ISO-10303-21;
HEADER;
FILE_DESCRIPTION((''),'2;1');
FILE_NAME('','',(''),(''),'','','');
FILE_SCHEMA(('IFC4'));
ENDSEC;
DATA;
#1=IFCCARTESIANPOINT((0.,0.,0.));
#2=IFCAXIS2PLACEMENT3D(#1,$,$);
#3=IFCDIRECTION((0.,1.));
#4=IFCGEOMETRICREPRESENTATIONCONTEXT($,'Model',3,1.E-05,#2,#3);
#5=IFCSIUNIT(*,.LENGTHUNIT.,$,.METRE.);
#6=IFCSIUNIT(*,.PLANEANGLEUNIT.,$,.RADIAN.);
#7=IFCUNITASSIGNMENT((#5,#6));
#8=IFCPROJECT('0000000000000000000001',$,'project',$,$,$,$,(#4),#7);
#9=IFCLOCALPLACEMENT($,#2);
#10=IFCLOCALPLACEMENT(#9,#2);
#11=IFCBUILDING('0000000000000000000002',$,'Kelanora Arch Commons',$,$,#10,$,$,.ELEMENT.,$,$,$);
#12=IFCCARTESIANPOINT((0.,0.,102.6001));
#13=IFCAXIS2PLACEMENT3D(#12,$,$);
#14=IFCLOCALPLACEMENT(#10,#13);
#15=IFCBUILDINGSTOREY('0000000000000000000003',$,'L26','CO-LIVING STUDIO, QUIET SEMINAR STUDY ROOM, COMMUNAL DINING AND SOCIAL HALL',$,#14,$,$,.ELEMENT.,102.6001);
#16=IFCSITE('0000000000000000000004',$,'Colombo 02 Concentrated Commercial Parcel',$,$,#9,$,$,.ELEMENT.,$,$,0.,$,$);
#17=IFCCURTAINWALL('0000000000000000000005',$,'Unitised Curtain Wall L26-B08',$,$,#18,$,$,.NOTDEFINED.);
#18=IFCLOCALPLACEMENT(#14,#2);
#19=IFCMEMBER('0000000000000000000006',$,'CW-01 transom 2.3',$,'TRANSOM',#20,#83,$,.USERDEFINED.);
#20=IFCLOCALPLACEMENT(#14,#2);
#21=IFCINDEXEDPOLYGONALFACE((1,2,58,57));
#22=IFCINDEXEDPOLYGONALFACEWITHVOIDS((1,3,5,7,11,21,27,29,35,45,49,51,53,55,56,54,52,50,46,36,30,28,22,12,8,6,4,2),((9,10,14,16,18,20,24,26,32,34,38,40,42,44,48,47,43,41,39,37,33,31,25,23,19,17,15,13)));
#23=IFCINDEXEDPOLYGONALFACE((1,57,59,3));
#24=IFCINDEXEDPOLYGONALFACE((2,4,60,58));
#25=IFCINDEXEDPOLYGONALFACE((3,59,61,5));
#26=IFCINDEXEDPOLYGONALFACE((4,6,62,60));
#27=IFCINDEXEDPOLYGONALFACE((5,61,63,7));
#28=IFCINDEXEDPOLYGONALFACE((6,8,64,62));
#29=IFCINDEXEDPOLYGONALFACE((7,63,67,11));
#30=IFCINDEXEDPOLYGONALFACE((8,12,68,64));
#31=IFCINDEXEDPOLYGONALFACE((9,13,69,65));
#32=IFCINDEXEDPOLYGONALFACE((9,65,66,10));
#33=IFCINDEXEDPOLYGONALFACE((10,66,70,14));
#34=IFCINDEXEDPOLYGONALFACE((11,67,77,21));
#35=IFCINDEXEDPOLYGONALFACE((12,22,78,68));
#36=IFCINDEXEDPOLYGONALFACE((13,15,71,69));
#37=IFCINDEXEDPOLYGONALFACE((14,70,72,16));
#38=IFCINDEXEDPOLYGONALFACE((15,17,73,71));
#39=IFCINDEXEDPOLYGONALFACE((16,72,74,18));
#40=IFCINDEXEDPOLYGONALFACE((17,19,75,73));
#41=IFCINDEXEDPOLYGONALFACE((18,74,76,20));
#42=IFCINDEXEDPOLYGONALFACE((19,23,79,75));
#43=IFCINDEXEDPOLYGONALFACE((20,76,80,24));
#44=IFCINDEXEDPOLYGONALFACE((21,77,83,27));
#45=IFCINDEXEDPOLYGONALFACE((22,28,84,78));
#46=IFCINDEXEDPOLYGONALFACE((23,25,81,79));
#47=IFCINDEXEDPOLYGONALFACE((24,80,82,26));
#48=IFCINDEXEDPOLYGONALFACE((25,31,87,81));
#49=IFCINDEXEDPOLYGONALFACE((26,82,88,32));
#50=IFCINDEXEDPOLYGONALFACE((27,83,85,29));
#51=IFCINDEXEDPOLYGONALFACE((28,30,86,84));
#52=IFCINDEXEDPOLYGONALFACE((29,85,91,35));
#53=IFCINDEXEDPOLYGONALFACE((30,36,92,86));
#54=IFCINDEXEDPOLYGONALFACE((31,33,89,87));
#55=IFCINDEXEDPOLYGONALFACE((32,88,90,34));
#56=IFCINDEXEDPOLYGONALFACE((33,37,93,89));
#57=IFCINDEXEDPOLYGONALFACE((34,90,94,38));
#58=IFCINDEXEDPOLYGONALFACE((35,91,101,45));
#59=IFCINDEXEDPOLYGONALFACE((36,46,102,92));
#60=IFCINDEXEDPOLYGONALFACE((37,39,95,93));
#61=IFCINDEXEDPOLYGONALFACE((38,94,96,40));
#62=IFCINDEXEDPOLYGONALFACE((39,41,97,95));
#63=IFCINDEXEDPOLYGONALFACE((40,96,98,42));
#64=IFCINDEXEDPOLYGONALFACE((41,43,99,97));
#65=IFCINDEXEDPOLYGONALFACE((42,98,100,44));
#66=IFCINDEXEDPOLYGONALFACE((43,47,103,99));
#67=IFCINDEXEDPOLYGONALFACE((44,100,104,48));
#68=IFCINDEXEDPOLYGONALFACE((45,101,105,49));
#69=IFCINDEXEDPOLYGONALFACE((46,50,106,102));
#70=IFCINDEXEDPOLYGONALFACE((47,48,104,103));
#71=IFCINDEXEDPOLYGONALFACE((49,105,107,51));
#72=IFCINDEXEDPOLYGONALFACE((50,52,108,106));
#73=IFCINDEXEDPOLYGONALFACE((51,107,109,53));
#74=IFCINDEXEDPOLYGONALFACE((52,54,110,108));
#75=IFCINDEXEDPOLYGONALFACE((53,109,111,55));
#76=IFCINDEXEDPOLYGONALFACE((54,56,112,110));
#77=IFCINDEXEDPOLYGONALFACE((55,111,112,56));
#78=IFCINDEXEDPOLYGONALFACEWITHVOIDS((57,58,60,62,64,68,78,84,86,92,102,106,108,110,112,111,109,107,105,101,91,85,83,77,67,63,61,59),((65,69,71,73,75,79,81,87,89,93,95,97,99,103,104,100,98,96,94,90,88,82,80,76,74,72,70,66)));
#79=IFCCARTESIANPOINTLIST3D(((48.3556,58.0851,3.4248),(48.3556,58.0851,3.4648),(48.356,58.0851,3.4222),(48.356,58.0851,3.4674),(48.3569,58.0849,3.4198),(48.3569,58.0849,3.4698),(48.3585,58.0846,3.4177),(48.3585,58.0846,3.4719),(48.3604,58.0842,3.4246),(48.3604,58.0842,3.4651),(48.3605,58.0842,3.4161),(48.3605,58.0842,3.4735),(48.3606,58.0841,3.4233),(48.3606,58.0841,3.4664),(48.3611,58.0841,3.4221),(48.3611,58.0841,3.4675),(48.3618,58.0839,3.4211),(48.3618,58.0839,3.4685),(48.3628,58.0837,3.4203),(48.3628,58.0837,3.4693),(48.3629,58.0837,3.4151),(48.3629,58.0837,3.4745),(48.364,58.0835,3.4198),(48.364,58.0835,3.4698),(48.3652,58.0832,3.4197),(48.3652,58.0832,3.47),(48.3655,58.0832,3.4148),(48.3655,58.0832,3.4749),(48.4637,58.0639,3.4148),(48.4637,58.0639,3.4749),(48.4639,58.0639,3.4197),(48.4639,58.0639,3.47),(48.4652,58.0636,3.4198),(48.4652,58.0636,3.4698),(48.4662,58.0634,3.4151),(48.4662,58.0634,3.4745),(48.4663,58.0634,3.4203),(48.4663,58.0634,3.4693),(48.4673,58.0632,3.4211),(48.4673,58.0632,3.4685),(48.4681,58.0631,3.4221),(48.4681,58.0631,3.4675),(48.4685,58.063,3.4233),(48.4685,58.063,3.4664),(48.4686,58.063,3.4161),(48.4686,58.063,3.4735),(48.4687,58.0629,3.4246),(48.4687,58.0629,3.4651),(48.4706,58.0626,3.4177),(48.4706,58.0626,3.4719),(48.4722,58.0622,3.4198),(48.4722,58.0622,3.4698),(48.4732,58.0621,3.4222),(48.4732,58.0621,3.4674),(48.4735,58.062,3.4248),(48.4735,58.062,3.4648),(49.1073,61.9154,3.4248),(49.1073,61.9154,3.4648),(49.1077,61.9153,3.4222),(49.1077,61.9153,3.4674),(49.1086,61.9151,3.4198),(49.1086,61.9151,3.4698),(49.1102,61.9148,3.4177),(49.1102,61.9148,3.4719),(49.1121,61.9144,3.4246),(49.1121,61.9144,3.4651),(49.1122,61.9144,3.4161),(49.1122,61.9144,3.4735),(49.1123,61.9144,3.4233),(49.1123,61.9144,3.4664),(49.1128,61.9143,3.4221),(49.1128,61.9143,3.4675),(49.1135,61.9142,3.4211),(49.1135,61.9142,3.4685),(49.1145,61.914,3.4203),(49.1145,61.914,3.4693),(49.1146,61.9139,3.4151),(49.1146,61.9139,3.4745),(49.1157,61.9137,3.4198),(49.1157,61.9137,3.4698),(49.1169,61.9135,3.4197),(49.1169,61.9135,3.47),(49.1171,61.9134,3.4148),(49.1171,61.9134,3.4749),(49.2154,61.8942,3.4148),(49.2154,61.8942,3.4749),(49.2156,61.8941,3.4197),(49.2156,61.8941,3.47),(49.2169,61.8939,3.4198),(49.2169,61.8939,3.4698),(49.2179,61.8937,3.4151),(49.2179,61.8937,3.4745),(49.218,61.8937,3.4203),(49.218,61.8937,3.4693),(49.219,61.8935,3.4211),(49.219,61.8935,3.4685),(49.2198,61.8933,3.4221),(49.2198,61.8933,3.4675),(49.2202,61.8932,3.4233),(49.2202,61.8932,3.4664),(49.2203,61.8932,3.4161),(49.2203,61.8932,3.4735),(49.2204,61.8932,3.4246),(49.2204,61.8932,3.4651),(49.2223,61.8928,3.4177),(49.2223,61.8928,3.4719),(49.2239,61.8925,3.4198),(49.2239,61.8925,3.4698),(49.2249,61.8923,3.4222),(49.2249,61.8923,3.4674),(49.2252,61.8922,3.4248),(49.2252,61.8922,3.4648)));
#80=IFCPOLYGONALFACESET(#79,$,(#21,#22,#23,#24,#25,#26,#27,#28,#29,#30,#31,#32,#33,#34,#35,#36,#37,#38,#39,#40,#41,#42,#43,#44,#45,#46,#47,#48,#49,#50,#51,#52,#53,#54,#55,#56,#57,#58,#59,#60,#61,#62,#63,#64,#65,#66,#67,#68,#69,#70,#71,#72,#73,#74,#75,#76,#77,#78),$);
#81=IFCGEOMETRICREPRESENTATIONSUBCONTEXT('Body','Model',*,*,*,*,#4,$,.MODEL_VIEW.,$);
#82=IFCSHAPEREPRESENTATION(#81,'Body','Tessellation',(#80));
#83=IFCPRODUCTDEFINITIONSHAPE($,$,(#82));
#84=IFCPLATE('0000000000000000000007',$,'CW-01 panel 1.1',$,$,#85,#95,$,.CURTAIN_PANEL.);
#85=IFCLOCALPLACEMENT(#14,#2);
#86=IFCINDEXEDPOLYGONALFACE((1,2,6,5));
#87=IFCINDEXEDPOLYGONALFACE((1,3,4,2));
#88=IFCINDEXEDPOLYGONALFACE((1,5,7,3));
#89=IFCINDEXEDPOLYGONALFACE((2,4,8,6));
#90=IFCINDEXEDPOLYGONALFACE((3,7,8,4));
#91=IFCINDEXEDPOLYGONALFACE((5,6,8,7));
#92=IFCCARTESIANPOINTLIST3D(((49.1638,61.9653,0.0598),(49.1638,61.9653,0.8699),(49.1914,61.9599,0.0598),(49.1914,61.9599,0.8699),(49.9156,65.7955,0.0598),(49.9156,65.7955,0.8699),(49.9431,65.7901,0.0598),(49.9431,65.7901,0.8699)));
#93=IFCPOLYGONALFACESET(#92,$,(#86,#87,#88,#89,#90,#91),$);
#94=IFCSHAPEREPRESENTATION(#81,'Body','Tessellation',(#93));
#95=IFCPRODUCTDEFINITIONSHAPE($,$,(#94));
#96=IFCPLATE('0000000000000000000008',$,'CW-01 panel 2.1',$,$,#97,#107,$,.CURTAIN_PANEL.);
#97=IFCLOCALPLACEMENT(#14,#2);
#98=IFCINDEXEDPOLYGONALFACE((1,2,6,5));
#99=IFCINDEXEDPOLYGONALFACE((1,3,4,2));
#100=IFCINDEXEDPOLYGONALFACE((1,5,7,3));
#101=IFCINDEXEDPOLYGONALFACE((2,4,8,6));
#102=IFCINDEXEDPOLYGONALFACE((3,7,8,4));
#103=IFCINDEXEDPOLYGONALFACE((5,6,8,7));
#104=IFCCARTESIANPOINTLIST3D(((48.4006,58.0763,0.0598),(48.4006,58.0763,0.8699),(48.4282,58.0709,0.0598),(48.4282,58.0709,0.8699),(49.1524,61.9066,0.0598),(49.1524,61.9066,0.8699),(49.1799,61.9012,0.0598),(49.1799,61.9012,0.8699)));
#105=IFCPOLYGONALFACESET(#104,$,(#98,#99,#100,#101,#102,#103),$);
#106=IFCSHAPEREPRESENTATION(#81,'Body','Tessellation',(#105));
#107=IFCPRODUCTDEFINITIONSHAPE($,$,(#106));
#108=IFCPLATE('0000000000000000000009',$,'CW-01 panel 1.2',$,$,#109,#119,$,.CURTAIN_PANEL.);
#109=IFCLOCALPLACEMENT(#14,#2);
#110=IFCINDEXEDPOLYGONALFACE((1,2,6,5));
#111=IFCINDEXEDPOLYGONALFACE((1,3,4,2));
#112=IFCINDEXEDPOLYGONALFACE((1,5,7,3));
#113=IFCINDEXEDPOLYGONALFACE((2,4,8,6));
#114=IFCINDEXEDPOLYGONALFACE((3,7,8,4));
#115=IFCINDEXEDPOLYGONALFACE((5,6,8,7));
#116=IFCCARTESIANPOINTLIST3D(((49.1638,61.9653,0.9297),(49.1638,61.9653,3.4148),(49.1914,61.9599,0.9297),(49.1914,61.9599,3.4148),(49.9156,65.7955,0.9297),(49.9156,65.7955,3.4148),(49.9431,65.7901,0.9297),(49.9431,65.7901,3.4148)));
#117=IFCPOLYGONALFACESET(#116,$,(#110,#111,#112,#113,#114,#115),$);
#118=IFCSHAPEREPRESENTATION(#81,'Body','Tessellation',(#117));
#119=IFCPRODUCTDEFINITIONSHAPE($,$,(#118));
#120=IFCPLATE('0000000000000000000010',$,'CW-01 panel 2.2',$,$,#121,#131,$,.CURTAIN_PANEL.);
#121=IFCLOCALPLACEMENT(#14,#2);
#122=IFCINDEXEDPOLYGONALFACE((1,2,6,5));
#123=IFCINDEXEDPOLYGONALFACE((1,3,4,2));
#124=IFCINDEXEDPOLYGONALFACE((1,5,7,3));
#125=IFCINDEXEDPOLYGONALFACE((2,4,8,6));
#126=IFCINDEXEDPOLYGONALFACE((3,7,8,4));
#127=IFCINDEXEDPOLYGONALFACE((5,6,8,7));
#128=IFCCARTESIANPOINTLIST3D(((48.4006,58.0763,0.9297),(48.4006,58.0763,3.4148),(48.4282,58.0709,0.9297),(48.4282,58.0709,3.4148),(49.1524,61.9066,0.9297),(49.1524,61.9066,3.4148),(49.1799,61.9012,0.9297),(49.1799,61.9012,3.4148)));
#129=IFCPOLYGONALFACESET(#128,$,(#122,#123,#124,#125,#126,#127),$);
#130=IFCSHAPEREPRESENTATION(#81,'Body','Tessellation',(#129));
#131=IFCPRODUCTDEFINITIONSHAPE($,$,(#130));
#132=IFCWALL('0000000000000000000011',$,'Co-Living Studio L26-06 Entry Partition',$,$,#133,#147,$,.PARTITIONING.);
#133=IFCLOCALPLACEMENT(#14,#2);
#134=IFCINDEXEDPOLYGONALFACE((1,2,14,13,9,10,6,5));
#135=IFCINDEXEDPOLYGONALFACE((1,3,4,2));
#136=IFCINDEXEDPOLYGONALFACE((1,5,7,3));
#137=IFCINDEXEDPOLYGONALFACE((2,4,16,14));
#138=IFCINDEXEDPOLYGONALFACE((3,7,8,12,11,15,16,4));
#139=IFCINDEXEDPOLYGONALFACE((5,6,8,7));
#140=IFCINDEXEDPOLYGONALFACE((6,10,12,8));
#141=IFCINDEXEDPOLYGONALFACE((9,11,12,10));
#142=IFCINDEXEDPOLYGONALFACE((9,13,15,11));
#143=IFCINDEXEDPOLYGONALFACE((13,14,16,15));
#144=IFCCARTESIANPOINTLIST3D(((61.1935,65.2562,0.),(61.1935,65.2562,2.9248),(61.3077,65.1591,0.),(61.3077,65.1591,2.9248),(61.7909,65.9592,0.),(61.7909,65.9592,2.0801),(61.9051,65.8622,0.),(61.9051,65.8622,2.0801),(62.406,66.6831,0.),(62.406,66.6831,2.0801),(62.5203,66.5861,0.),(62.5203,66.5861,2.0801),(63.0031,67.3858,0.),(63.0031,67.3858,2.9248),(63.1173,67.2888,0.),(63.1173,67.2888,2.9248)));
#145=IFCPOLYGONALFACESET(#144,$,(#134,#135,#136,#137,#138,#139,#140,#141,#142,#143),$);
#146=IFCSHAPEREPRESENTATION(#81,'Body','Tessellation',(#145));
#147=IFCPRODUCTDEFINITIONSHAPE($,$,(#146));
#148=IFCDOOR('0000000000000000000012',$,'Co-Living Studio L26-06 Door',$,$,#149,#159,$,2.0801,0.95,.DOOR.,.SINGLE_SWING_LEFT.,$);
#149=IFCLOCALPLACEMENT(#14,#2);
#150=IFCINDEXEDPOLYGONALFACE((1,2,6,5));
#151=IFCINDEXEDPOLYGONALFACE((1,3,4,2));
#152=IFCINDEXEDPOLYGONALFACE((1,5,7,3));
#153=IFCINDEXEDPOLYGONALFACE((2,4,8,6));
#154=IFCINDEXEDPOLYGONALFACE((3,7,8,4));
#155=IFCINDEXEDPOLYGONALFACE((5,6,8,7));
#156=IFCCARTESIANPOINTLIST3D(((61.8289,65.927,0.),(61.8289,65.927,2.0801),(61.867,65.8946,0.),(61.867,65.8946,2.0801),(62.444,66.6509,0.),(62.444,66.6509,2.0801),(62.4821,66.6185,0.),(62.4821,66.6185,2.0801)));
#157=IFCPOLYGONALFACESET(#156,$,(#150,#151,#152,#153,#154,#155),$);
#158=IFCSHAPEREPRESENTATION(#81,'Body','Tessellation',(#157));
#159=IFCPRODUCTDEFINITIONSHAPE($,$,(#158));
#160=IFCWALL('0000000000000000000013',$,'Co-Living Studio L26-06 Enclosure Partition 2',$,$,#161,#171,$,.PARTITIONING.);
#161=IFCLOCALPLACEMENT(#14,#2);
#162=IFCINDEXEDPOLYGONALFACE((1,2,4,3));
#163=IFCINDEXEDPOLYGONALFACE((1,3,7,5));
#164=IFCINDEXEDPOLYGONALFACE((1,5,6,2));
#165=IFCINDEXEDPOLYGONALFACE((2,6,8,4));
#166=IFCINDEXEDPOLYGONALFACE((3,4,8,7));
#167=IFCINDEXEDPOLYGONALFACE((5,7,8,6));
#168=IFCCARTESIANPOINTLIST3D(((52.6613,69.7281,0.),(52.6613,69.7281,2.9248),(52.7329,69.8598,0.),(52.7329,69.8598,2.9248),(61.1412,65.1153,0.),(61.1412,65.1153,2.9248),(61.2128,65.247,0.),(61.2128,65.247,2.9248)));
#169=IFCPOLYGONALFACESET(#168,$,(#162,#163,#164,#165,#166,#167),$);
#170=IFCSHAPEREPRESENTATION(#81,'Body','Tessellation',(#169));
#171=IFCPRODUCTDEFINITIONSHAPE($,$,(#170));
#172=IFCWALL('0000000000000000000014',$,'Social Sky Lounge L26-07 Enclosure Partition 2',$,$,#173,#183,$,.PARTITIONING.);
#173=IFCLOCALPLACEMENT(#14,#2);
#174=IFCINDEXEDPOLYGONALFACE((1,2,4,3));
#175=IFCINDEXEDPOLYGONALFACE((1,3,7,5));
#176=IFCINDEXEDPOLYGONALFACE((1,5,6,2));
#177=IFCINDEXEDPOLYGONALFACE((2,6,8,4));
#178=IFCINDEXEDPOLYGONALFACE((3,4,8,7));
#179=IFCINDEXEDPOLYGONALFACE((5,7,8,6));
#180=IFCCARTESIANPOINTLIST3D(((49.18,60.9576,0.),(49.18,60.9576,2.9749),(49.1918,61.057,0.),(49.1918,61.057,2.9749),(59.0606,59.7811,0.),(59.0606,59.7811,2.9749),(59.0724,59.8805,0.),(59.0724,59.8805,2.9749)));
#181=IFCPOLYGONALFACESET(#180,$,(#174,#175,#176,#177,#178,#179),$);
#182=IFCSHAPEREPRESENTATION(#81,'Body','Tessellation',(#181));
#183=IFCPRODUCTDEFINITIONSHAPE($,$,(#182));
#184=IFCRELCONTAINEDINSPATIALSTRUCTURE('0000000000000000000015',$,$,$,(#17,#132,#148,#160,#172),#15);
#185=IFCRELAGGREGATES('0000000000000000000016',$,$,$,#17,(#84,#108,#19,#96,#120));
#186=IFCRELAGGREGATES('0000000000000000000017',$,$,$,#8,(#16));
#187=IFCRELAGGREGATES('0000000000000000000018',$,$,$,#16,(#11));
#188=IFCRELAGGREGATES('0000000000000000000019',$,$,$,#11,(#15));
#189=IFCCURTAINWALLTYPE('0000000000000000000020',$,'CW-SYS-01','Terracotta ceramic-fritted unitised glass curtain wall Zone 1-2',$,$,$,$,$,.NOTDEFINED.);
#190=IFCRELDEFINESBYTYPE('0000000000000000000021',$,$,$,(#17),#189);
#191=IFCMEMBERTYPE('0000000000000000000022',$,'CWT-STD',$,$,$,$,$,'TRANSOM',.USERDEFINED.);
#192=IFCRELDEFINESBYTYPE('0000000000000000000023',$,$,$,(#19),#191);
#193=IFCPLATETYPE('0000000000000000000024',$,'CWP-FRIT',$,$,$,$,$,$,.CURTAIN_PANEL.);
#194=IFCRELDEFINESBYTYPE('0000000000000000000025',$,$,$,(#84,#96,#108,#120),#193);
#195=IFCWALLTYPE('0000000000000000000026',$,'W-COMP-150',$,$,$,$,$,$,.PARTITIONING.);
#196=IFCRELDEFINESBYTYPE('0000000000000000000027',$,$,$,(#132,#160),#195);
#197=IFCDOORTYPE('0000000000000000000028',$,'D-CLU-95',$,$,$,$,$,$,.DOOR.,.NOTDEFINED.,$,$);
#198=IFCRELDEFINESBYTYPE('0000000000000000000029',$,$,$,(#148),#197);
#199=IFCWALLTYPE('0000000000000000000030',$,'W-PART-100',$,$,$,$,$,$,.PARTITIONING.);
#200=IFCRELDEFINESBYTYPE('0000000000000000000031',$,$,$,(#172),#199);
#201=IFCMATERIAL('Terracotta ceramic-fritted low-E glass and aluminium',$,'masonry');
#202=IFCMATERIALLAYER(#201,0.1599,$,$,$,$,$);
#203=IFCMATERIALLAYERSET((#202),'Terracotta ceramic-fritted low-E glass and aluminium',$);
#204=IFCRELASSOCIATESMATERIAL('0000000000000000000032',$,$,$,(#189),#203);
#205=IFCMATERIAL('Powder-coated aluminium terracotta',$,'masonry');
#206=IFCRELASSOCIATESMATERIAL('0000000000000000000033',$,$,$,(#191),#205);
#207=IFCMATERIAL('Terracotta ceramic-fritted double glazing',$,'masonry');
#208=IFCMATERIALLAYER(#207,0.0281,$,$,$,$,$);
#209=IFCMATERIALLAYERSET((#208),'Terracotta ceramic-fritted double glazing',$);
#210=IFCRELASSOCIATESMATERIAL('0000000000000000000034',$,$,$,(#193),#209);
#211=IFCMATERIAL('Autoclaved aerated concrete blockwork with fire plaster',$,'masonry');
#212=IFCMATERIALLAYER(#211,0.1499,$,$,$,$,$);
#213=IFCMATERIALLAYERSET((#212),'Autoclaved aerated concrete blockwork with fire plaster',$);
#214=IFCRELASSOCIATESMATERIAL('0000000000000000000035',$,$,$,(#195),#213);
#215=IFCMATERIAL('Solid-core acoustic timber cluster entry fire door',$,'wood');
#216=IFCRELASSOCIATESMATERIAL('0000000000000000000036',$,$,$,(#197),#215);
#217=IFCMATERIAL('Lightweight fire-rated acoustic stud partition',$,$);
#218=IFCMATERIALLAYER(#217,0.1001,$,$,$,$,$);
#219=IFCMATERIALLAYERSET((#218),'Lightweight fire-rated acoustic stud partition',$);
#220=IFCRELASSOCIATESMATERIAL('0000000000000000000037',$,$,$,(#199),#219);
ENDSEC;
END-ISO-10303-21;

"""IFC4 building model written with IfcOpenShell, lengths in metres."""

from ifc_helpers import new_model, si_unit, direction, frame, frame_2d, origin, origin_2d, place, context, subcontext, project, spatial, rectangle, hollow_rectangle, extrude, source, transform, mapped, material, layer, layer_set, material_profile, profile_set, type_object, element, fill, aggregate, save


model = new_model("IFC4")

# Units and contexts
model_context = context("Model", 3, precision=1e-05, world=origin(), true_north=direction((0.0, 1.0)))
body_context = subcontext(model_context, "Body", "Model", "MODEL_VIEW")
ifc_project = project(units=[si_unit("LENGTHUNIT", "METRE"), si_unit("PLANEANGLEUNIT", "RADIAN")], contexts=[model_context])

# Site, building, storey
site_placement = place(None, origin())
site = spatial("IfcSite", under=ifc_project, at=site_placement, Name="Colombo 02 Concentrated Commercial Parcel", CompositionType="ELEMENT", RefElevation=0.0)
building_placement = place(site_placement, origin())
building = spatial("IfcBuilding", under=site, at=building_placement, Name="Kelanora Arch Commons", CompositionType="ELEMENT")
storey_placement = place(building_placement, frame((0.0, 0.0, 102.6001)))
storey = spatial("IfcBuildingStorey", under=building, at=storey_placement, Name="L26", Description="CO-LIVING STUDIO, QUIET SEMINAR STUDY ROOM, COMMUNAL DINING AND SOCIAL HALL", CompositionType="ELEMENT", Elevation=102.6001)

# Curtain wall, member, plates
ifc_material_1 = material(Name="Terracotta ceramic-fritted low-E glass and aluminium", Category="masonry")
ifc_layer_1 = layer(ifc_material_1, 0.1599)
ifc_layer_set_1 = layer_set([ifc_layer_1], Name="Terracotta ceramic-fritted low-E glass and aluminium")
curtain_wall_type = type_object("IfcCurtainWallType", Name="CW-SYS-01", Description="Terracotta ceramic-fritted unitised glass curtain wall Zone 1-2", PredefinedType="NOTDEFINED", material=ifc_layer_set_1)
curtain_wall_placement = place(storey_placement, origin())
curtain_wall = element("IfcCurtainWall", 1, at=curtain_wall_placement, inside=storey, type_object=curtain_wall_type, Name="Unitised Curtain Wall L26-B08", PredefinedType="NOTDEFINED")
ifc_material_2 = material(Name="Powder-coated aluminium terracotta", Category="masonry")
ifc_material_profile_1 = material_profile(ifc_material_2, hollow_rectangle(XDim=0.1201, YDim=0.0601, WallThickness=0.0049, InnerFilletRadius=0.0049, OuterFilletRadius=0.01, at=origin_2d()), Name="CWT120x60")
ifc_profile_set_1 = profile_set([ifc_material_profile_1], Name="Powder-coated aluminium terracotta")
member_type_1 = type_object("IfcMemberType", Name="CWT-STD", ElementType="TRANSOM", PredefinedType="USERDEFINED", material=ifc_profile_set_1)
member_1_placement = place(storey_placement, frame((49.1663, 61.9038, 3.4448), z_axis=(-0.192579, -0.981282, 0.0), x_axis=(0.981282, -0.192579, 0.0)))
member_1 = element("IfcMember", 2, at=member_1_placement, type_object=member_type_1, Name="CW-01 transom 2.3", ObjectType="TRANSOM", PredefinedType="USERDEFINED", context=body_context, shape_type="SweptSolid", body=[
    extrude(hollow_rectangle(XDim=0.1201, YDim=0.0601, WallThickness=0.0049, InnerFilletRadius=0.0049, OuterFilletRadius=0.01, at=origin_2d()), origin(), (0.0, 0.0, 1.0), 3.9033),
])
ifc_material_3 = material(Name="Terracotta ceramic-fritted double glazing", Category="masonry")
ifc_layer_2 = layer(ifc_material_3, 0.0281)
ifc_layer_set_2 = layer_set([ifc_layer_2], Name="Terracotta ceramic-fritted double glazing")
plate_type = type_object("IfcPlateType", Name="CWP-FRIT", PredefinedType="CURTAIN_PANEL", material=ifc_layer_set_2)
shared_shape_1 = source(origin(), body_context, "Body", "SweptSolid", [
    extrude(rectangle(XDim=3.9033, YDim=0.0281, at=origin_2d()), origin(), (0.0, 0.0, 1.0), 0.8101),
])
plate_1_placement = place(storey_placement, frame((49.5535, 63.8777, 0.0598), z_axis=(0.0, 0.0, 1.0), x_axis=(-0.192585, -0.98128, 0.0)))
plate_1 = element("IfcPlate", 3, at=plate_1_placement, type_object=plate_type, Name="CW-01 panel 1.1", PredefinedType="CURTAIN_PANEL", context=body_context, shape_type="MappedRepresentation", body=[
    mapped(shared_shape_1, transform((0.0, 0.0, 0.0), scale=1.0)),
])
plate_2_placement = place(storey_placement, frame((48.7903, 59.9888, 0.0598), z_axis=(0.0, 0.0, 1.0), x_axis=(-0.192585, -0.98128, 0.0)))
plate_2 = element("IfcPlate", 4, at=plate_2_placement, type_object=plate_type, Name="CW-01 panel 2.1", PredefinedType="CURTAIN_PANEL", context=body_context, shape_type="MappedRepresentation", body=[
    mapped(shared_shape_1, transform((0.0, 0.0, 0.0), scale=1.0)),
])
shared_shape_2 = source(origin(), body_context, "Body", "SweptSolid", [
    extrude(rectangle(XDim=3.9033, YDim=0.0281, at=origin_2d()), origin(), (0.0, 0.0, 1.0), 2.4851),
])
plate_3_placement = place(storey_placement, frame((49.5535, 63.8777, 0.9297), z_axis=(0.0, 0.0, 1.0), x_axis=(-0.192585, -0.98128, 0.0)))
plate_3 = element("IfcPlate", 5, at=plate_3_placement, type_object=plate_type, Name="CW-01 panel 1.2", PredefinedType="CURTAIN_PANEL", context=body_context, shape_type="MappedRepresentation", body=[
    mapped(shared_shape_2, transform((0.0, 0.0, 0.0), scale=1.0)),
])
plate_4_placement = place(storey_placement, frame((48.7903, 59.9888, 0.9297), z_axis=(0.0, 0.0, 1.0), x_axis=(-0.192585, -0.98128, 0.0)))
plate_4 = element("IfcPlate", 6, at=plate_4_placement, type_object=plate_type, Name="CW-01 panel 2.2", PredefinedType="CURTAIN_PANEL", context=body_context, shape_type="MappedRepresentation", body=[
    mapped(shared_shape_2, transform((0.0, 0.0, 0.0), scale=1.0)),
])
aggregate(curtain_wall, [plate_1, plate_3, member_1, plate_2, plate_4])

# Wall, opening, door
ifc_material_4 = material(Name="Autoclaved aerated concrete blockwork with fire plaster", Category="masonry")
ifc_layer_3 = layer(ifc_material_4, 0.1499)
ifc_layer_set_3 = layer_set([ifc_layer_3], Name="Autoclaved aerated concrete blockwork with fire plaster")
wall_type_1 = type_object("IfcWallType", Name="W-COMP-150", PredefinedType="PARTITIONING", material=ifc_layer_set_3)
wall_1_placement = place(storey_placement, frame((63.0603, 67.3374, 0.0), z_axis=(0.0, 0.0, 1.0), x_axis=(-0.647519, -0.762049, 0.0)))
wall_1 = element("IfcWall", 7, at=wall_1_placement, inside=storey, type_object=wall_type_1, Name="Co-Living Studio L26-06 Entry Partition", PredefinedType="PARTITIONING", context=body_context, shape_type="SweptSolid", body=[
    extrude(rectangle(XDim=2.7947, YDim=0.1499, at=frame_2d((1.3975, 0.0))), origin(), (0.0, 0.0, 1.0), 2.9248),
])
opening_1_placement = place(wall_1_placement, frame((0.9221, 0.0, 0.0)))
opening_1 = element("IfcOpeningElement", 8, at=opening_1_placement, cuts=wall_1, PredefinedType="OPENING", context=body_context, shape_type="SweptSolid", body=[
    extrude(rectangle(XDim=0.95, YDim=2.0801, at=frame_2d((0.4751, 1.04))), frame((0.0, 0.085, 0.0), z_axis=(0.0, -1.0, 0.0), x_axis=(1.0, 0.0, 0.0)), (0.0, 0.0, 1.0), 0.1699),
])
ifc_material_5 = material(Name="Solid-core acoustic timber cluster entry fire door", Category="wood")
door_type_1 = type_object("IfcDoorType", Name="D-CLU-95", OperationType="NOTDEFINED", PredefinedType="DOOR", material=ifc_material_5)
door_1_placement = place(opening_1_placement, origin())
door_1 = element("IfcDoor", 9, at=door_1_placement, inside=storey, type_object=door_type_1, Name="Co-Living Studio L26-06 Door", OperationType="SINGLE_SWING_LEFT", OverallHeight=2.0801, OverallWidth=0.95, PredefinedType="DOOR", context=body_context, shape_type="SweptSolid", body=[
    extrude(rectangle(XDim=0.95, YDim=2.0801, at=frame_2d((0.4751, 1.04))), frame((0.0, 0.0249, 0.0), z_axis=(0.0, -1.0, 0.0), x_axis=(1.0, 0.0, 0.0)), (0.0, 0.0, 1.0), 0.05),
])
fill(opening_1, door_1)

# Walls
wall_2_placement = place(storey_placement, frame((61.177, 65.1812, 0.0), z_axis=(0.0, 0.0, 1.0), x_axis=(-0.878446, 0.477842, 0.0)))
element("IfcWall", 10, at=wall_2_placement, inside=storey, type_object=wall_type_1, Name="Co-Living Studio L26-06 Enclosure Partition 2", PredefinedType="PARTITIONING", context=body_context, shape_type="SweptSolid", body=[
    extrude(rectangle(XDim=9.6533, YDim=0.1499, at=frame_2d((4.8267, 0.0))), origin(), (0.0, 0.0, 1.0), 2.9248),
])
ifc_material_6 = material(Name="Lightweight fire-rated acoustic stud partition")
ifc_layer_4 = layer(ifc_material_6, 0.1001)
ifc_layer_set_4 = layer_set([ifc_layer_4], Name="Lightweight fire-rated acoustic stud partition")
wall_type_2 = type_object("IfcWallType", Name="W-PART-100", PredefinedType="PARTITIONING", material=ifc_layer_set_4)
wall_3_placement = place(storey_placement, frame((59.0664, 59.8308, 0.0), z_axis=(0.0, 0.0, 1.0), x_axis=(-0.992985, 0.118238, 0.0)))
element("IfcWall", 11, at=wall_3_placement, inside=storey, type_object=wall_type_2, Name="Social Sky Lounge L26-07 Enclosure Partition 2", PredefinedType="PARTITIONING", context=body_context, shape_type="SweptSolid", body=[
    extrude(rectangle(XDim=9.9504, YDim=0.1001, at=frame_2d((4.9751, 0.0))), origin(), (0.0, 0.0, 1.0), 2.9749),
])

save(model, "model.ifc")
